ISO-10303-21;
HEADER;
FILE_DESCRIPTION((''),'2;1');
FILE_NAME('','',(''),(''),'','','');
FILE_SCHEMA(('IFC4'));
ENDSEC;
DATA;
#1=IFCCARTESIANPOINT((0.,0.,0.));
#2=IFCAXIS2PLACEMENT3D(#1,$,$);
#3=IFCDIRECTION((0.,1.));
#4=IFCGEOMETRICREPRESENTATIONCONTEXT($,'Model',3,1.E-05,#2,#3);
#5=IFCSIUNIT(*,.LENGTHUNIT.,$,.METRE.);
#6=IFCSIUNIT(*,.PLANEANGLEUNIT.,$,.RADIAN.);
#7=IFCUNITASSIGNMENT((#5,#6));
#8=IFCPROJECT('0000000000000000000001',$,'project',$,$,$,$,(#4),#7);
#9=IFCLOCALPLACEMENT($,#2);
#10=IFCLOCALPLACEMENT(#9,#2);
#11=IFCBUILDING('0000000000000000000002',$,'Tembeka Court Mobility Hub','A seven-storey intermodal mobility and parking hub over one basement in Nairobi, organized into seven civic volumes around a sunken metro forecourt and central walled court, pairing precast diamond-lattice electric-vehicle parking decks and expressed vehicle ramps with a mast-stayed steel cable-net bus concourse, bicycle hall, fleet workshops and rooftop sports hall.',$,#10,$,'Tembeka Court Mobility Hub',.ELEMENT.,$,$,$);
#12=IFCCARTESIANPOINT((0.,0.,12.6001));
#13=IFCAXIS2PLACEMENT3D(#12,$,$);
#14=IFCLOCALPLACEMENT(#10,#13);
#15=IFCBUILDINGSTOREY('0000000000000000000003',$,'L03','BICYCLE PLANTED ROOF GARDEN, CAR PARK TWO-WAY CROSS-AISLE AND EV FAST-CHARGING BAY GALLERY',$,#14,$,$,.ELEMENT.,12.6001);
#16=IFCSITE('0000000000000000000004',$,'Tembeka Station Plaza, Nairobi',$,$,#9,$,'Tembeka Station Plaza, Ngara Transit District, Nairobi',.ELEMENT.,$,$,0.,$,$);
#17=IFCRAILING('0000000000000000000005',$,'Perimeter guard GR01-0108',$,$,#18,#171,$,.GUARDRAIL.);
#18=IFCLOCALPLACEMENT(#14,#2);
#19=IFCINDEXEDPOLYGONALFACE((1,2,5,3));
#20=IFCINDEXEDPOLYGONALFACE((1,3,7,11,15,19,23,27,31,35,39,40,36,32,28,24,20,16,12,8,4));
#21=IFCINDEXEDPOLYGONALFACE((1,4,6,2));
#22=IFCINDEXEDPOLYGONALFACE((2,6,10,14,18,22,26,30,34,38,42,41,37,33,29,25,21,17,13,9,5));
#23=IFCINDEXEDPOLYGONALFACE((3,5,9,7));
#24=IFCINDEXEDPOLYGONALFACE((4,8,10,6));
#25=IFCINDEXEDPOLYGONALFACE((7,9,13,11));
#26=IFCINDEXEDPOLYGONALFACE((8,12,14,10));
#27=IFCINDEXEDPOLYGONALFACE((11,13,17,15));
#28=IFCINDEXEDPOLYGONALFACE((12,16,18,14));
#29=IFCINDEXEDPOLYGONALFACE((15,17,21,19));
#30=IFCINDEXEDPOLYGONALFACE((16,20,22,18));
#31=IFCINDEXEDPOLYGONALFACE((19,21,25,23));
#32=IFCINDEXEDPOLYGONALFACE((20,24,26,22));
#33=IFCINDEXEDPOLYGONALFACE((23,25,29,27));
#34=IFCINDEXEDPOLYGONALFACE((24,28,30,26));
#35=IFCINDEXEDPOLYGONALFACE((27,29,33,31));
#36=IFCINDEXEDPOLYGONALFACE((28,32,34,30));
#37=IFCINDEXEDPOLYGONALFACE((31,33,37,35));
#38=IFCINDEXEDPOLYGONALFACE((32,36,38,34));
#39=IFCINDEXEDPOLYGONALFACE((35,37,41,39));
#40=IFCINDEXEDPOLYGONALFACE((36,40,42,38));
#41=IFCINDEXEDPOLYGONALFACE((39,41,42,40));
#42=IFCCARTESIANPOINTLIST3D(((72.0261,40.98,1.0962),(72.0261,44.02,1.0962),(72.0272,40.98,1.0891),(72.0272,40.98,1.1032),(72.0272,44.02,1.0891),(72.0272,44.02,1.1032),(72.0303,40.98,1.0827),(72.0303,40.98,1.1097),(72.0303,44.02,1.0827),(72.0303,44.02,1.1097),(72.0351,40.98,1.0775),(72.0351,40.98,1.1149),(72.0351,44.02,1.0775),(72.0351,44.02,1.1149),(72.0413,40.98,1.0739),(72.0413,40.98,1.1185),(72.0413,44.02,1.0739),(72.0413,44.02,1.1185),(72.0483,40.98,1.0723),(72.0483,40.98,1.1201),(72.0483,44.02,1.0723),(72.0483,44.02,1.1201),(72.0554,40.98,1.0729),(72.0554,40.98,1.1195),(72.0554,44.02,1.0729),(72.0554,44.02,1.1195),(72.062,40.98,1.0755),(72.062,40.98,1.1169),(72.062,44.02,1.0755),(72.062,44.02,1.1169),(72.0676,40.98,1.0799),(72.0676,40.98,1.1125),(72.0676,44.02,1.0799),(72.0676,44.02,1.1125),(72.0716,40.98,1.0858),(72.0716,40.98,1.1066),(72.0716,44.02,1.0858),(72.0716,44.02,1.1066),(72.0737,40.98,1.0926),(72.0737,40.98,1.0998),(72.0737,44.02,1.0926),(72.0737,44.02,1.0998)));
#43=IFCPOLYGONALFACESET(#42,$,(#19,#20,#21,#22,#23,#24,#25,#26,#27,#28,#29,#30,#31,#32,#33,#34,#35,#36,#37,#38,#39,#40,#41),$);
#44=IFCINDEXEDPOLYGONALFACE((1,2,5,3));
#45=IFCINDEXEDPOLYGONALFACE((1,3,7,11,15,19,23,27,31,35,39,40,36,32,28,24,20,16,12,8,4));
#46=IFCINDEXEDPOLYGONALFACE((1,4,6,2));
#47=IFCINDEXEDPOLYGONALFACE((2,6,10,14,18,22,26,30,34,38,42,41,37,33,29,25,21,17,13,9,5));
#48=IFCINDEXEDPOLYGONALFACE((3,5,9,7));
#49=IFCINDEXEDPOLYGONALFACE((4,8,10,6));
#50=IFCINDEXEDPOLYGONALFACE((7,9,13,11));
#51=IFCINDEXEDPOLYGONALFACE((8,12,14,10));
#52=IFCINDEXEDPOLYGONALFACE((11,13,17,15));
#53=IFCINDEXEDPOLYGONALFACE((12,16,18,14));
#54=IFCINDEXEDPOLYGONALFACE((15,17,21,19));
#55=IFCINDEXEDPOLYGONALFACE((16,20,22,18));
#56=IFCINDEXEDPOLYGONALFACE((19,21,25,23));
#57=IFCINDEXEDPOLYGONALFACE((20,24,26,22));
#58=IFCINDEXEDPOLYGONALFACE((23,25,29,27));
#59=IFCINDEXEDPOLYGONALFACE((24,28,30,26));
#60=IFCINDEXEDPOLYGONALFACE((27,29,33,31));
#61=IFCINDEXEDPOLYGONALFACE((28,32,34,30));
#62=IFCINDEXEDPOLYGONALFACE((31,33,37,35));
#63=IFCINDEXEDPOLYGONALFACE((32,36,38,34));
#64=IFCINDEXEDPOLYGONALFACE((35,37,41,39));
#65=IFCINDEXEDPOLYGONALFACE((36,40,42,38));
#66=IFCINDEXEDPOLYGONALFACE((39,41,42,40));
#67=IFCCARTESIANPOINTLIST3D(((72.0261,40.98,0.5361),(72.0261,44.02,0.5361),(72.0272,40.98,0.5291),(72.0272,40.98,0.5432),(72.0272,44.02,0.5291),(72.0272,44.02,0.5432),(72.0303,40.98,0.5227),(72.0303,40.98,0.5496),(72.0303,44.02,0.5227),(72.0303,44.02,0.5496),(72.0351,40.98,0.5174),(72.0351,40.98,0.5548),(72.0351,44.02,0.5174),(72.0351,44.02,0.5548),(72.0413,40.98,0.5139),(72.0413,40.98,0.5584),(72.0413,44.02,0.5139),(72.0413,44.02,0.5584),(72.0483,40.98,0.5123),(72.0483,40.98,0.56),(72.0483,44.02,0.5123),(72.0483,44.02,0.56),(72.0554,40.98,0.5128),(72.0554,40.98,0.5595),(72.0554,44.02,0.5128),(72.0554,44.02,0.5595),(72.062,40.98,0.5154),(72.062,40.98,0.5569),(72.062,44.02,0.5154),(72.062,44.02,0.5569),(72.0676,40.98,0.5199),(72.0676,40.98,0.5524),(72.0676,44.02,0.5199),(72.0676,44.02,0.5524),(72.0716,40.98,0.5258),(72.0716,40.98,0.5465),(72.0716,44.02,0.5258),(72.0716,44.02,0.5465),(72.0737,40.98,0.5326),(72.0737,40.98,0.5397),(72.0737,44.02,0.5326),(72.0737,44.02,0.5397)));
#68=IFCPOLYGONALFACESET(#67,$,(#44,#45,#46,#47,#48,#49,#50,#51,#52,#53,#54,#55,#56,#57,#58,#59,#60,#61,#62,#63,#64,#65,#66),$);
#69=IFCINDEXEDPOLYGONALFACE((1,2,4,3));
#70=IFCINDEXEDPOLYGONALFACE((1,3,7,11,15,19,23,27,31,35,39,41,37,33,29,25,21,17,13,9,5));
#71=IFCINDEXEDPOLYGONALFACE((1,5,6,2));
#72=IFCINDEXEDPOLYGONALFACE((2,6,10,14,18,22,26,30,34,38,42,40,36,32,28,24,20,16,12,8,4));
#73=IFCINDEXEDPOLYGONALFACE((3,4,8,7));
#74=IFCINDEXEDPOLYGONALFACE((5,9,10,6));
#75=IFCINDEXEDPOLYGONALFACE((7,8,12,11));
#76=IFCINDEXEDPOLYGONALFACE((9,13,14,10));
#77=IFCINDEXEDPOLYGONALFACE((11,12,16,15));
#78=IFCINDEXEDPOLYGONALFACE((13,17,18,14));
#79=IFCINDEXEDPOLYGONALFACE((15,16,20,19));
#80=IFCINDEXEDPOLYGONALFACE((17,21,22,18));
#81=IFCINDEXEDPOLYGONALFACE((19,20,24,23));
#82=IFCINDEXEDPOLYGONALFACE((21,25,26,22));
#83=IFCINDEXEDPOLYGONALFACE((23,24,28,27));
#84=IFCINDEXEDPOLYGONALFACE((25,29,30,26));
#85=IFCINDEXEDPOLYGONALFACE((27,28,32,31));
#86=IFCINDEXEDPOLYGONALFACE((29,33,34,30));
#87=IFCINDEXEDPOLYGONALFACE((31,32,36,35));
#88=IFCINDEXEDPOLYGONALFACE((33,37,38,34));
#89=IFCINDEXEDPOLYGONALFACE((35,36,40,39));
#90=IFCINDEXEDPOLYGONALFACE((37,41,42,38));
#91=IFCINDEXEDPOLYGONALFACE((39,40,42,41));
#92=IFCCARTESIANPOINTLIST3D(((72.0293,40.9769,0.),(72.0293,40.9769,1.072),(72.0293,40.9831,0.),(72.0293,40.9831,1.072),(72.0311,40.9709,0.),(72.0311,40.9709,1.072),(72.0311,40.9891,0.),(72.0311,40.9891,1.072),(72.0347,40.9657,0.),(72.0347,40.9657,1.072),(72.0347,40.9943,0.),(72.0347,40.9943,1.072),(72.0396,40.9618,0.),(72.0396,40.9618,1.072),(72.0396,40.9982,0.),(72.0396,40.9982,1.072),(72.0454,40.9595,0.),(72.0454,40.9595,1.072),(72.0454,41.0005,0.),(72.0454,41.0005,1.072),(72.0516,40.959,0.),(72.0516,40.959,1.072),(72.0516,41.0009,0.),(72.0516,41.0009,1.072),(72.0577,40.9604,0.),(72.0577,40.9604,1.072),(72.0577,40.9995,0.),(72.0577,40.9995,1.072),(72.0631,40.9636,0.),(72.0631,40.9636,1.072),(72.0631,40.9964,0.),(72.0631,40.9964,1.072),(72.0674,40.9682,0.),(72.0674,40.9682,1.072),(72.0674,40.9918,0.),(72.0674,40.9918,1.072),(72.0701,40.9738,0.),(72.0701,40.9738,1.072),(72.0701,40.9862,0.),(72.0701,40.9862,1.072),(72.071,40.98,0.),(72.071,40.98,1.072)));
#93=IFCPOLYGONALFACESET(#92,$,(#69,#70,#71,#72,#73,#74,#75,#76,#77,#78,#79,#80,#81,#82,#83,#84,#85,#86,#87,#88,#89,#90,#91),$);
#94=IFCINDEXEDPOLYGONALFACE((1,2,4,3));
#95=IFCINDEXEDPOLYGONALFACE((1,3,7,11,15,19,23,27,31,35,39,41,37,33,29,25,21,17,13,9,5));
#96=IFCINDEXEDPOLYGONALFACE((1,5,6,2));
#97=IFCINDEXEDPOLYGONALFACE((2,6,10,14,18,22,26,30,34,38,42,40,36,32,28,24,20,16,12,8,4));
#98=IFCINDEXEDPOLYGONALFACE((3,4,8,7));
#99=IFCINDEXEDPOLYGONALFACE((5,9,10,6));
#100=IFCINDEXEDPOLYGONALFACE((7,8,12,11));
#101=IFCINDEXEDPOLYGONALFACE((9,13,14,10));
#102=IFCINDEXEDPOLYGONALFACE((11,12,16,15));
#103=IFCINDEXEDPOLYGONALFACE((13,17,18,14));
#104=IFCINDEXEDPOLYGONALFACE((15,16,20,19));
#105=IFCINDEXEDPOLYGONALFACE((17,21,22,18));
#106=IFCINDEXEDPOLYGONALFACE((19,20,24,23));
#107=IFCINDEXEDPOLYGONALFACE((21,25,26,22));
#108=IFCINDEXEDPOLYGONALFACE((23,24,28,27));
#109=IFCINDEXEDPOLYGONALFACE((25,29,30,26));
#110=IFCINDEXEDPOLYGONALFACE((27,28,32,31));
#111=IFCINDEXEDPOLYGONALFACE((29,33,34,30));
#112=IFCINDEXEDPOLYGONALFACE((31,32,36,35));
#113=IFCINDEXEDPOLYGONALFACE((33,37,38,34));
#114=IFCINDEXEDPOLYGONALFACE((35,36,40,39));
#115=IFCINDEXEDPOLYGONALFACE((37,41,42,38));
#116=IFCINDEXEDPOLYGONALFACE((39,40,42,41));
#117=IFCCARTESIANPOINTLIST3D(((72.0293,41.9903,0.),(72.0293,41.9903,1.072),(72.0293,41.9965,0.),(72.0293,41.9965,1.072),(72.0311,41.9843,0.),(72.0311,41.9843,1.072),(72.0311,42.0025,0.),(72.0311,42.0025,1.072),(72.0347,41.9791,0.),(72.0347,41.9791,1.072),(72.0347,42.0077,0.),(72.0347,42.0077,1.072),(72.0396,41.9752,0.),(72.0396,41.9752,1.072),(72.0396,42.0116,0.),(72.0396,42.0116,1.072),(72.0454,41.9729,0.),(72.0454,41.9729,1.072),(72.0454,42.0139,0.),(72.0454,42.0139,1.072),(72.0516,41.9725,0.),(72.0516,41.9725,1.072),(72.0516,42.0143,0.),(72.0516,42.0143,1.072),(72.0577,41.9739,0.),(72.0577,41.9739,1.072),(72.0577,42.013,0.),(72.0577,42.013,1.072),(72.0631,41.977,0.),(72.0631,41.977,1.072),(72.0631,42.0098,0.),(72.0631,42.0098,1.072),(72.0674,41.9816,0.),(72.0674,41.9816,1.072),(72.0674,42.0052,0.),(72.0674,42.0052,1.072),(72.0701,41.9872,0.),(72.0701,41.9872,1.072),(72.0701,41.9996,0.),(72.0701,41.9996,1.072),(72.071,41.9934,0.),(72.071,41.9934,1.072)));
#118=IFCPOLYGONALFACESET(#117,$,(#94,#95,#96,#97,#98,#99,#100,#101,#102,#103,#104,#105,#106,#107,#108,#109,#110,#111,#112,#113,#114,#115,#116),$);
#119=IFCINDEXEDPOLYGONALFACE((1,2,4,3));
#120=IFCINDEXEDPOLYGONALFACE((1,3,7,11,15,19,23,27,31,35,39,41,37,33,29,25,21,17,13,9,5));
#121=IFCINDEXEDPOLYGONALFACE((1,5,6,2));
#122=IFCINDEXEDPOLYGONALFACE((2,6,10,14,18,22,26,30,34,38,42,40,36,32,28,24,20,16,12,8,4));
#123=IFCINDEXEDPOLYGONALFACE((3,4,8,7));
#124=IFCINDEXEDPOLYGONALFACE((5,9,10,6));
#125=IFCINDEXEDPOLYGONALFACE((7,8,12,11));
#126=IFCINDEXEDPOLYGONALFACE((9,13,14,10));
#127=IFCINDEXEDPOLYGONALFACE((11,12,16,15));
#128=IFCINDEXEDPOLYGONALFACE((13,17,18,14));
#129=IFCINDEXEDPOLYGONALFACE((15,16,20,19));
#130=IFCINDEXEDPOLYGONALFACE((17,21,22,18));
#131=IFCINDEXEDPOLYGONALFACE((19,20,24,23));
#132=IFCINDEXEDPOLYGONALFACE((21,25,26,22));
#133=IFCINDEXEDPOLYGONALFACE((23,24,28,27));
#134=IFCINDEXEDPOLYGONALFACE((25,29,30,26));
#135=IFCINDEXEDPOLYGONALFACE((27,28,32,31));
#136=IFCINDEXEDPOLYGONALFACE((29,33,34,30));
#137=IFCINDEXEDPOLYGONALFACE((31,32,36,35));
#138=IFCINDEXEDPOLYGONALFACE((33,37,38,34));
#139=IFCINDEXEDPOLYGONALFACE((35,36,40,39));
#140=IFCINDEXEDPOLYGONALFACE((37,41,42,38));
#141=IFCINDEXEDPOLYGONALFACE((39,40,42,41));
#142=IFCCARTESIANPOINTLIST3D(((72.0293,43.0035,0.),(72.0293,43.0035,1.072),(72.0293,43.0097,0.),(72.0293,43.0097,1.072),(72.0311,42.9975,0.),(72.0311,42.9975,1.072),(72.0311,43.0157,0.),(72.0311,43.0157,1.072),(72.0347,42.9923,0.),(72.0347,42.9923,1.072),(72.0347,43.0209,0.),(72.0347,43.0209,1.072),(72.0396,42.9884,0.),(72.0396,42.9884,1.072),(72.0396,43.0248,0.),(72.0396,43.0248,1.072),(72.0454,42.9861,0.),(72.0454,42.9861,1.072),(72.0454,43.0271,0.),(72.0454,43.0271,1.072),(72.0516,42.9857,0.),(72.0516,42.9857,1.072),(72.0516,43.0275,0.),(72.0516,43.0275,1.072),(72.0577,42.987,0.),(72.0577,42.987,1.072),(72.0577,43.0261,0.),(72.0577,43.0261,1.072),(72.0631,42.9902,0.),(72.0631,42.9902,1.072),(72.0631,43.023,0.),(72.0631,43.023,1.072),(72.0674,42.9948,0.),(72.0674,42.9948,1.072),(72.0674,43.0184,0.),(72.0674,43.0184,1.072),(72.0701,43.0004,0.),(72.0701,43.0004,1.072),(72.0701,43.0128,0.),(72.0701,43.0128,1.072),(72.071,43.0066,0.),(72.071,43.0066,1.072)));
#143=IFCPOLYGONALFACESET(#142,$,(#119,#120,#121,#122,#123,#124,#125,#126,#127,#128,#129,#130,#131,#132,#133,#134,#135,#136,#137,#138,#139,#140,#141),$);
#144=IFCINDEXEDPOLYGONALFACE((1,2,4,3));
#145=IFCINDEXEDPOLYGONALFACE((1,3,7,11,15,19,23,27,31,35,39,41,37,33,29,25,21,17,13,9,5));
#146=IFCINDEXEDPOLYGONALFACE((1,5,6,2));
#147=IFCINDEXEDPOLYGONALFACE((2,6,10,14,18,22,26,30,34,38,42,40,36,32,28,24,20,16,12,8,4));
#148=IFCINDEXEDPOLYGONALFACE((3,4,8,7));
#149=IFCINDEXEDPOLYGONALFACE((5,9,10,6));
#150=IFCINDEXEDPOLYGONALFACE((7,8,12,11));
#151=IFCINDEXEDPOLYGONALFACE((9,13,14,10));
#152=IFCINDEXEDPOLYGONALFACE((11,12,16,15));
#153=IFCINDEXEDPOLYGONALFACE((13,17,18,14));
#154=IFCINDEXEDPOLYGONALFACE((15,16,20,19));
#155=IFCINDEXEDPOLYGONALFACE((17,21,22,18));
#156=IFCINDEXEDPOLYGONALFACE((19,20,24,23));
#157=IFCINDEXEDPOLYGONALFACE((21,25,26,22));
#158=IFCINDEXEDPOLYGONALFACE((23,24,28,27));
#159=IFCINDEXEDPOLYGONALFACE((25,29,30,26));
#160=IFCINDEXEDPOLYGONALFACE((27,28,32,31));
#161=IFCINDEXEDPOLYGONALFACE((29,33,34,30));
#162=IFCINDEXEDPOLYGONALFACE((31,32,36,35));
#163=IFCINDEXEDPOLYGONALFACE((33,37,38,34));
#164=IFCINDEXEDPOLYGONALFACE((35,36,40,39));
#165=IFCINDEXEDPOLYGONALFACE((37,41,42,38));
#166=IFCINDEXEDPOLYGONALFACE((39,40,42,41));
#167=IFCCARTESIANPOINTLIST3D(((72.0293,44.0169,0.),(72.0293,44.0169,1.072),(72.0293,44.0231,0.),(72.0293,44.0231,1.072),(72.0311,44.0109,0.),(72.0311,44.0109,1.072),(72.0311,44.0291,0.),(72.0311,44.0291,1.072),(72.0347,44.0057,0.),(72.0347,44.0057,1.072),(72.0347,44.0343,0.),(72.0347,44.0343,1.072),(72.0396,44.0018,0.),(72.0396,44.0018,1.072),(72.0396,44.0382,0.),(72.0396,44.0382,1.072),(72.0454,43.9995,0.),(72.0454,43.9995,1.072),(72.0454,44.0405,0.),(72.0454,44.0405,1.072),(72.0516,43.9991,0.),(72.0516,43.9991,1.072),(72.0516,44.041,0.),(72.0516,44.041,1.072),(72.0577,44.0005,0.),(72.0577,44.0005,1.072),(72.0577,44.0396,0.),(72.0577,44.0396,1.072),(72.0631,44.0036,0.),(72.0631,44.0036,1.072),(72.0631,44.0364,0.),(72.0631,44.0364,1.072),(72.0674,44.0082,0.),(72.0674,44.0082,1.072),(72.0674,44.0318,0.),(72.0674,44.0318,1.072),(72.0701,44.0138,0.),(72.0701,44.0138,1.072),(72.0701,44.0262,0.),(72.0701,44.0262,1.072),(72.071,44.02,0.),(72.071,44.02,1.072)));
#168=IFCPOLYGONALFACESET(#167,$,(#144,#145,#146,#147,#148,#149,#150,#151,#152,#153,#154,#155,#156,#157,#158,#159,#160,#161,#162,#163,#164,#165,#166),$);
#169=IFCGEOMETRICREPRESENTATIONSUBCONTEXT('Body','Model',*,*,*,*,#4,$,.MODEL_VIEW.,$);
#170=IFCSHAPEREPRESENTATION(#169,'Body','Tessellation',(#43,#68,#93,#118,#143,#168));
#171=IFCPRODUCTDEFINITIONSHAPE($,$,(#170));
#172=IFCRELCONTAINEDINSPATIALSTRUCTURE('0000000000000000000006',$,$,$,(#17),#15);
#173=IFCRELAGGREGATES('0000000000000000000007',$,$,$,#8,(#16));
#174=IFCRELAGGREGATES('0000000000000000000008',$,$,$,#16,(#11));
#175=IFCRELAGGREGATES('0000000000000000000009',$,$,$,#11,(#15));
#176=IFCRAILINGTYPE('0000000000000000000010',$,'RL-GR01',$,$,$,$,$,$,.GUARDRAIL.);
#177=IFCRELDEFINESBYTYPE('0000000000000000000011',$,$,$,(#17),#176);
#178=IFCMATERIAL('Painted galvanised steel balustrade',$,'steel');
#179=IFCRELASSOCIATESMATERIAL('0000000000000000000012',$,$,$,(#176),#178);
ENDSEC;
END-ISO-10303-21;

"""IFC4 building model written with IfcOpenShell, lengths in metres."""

from ifc_helpers import new_model, si_unit, direction, frame, origin, origin_2d, place, context, subcontext, project, spatial, circle, extrude, material, type_object, element, save


model = new_model("IFC4")

# Units and contexts
model_context = context("Model", 3, precision=1e-05, world=origin(), true_north=direction((0.0, 1.0)))
body_context = subcontext(model_context, "Body", "Model", "MODEL_VIEW")
ifc_project = project(units=[si_unit("LENGTHUNIT", "METRE"), si_unit("PLANEANGLEUNIT", "RADIAN")], contexts=[model_context])

# Site, building, storey
site_placement = place(None, origin())
site = spatial("IfcSite", under=ifc_project, at=site_placement, Name="Tembeka Station Plaza, Nairobi", LongName="Tembeka Station Plaza, Ngara Transit District, Nairobi", CompositionType="ELEMENT", RefElevation=0.0)
building_placement = place(site_placement, origin())
building = spatial("IfcBuilding", under=site, at=building_placement, Name="Tembeka Court Mobility Hub", Description="A seven-storey intermodal mobility and parking hub over one basement in Nairobi, organized into seven civic volumes around a sunken metro forecourt and central walled court, pairing precast diamond-lattice electric-vehicle parking decks and expressed vehicle ramps with a mast-stayed steel cable-net bus concourse, bicycle hall, fleet workshops and rooftop sports hall.", LongName="Tembeka Court Mobility Hub", CompositionType="ELEMENT")
storey_placement = place(building_placement, frame((0.0, 0.0, 12.6001)))
storey = spatial("IfcBuildingStorey", under=building, at=storey_placement, Name="L03", Description="BICYCLE PLANTED ROOF GARDEN, CAR PARK TWO-WAY CROSS-AISLE AND EV FAST-CHARGING BAY GALLERY", CompositionType="ELEMENT", Elevation=12.6001)

# Railing
ifc_material_1 = material(Name="Painted galvanised steel balustrade", Category="steel")
railing_type = type_object("IfcRailingType", Name="RL-GR01", PredefinedType="GUARDRAIL", material=ifc_material_1)
railing_1_placement = place(storey_placement, frame((72.05, 40.98, 0.0)))
element("IfcRailing", 1, at=railing_1_placement, inside=storey, type_object=railing_type, Name="Perimeter guard GR01-0108", PredefinedType="GUARDRAIL", context=body_context, shape_type="SweptSolid", body=[
    extrude(circle(Radius=0.0239, at=origin_2d()), frame((0.0, 0.0, 1.0962), z_axis=(0.0, 1.0, 0.0), x_axis=(-1.0, 0.0, 0.0)), (0.0, 0.0, 1.0), 3.04),
    extrude(circle(Radius=0.0239, at=origin_2d()), frame((0.0, 0.0, 0.5361), z_axis=(0.0, 1.0, 0.0), x_axis=(-1.0, 0.0, 0.0)), (0.0, 0.0, 1.0), 3.04),
    extrude(circle(Radius=0.021, at=origin_2d()), origin(), (0.0, 0.0, 1.0), 1.072),
    extrude(circle(Radius=0.021, at=origin_2d()), frame((0.0, 1.0134, 0.0)), (0.0, 0.0, 1.0), 1.072),
    extrude(circle(Radius=0.021, at=origin_2d()), frame((0.0, 2.0266, 0.0)), (0.0, 0.0, 1.0), 1.072),
    extrude(circle(Radius=0.021, at=origin_2d()), frame((0.0, 3.04, 0.0)), (0.0, 0.0, 1.0), 1.072),
])

save(model, "model.ifc")
